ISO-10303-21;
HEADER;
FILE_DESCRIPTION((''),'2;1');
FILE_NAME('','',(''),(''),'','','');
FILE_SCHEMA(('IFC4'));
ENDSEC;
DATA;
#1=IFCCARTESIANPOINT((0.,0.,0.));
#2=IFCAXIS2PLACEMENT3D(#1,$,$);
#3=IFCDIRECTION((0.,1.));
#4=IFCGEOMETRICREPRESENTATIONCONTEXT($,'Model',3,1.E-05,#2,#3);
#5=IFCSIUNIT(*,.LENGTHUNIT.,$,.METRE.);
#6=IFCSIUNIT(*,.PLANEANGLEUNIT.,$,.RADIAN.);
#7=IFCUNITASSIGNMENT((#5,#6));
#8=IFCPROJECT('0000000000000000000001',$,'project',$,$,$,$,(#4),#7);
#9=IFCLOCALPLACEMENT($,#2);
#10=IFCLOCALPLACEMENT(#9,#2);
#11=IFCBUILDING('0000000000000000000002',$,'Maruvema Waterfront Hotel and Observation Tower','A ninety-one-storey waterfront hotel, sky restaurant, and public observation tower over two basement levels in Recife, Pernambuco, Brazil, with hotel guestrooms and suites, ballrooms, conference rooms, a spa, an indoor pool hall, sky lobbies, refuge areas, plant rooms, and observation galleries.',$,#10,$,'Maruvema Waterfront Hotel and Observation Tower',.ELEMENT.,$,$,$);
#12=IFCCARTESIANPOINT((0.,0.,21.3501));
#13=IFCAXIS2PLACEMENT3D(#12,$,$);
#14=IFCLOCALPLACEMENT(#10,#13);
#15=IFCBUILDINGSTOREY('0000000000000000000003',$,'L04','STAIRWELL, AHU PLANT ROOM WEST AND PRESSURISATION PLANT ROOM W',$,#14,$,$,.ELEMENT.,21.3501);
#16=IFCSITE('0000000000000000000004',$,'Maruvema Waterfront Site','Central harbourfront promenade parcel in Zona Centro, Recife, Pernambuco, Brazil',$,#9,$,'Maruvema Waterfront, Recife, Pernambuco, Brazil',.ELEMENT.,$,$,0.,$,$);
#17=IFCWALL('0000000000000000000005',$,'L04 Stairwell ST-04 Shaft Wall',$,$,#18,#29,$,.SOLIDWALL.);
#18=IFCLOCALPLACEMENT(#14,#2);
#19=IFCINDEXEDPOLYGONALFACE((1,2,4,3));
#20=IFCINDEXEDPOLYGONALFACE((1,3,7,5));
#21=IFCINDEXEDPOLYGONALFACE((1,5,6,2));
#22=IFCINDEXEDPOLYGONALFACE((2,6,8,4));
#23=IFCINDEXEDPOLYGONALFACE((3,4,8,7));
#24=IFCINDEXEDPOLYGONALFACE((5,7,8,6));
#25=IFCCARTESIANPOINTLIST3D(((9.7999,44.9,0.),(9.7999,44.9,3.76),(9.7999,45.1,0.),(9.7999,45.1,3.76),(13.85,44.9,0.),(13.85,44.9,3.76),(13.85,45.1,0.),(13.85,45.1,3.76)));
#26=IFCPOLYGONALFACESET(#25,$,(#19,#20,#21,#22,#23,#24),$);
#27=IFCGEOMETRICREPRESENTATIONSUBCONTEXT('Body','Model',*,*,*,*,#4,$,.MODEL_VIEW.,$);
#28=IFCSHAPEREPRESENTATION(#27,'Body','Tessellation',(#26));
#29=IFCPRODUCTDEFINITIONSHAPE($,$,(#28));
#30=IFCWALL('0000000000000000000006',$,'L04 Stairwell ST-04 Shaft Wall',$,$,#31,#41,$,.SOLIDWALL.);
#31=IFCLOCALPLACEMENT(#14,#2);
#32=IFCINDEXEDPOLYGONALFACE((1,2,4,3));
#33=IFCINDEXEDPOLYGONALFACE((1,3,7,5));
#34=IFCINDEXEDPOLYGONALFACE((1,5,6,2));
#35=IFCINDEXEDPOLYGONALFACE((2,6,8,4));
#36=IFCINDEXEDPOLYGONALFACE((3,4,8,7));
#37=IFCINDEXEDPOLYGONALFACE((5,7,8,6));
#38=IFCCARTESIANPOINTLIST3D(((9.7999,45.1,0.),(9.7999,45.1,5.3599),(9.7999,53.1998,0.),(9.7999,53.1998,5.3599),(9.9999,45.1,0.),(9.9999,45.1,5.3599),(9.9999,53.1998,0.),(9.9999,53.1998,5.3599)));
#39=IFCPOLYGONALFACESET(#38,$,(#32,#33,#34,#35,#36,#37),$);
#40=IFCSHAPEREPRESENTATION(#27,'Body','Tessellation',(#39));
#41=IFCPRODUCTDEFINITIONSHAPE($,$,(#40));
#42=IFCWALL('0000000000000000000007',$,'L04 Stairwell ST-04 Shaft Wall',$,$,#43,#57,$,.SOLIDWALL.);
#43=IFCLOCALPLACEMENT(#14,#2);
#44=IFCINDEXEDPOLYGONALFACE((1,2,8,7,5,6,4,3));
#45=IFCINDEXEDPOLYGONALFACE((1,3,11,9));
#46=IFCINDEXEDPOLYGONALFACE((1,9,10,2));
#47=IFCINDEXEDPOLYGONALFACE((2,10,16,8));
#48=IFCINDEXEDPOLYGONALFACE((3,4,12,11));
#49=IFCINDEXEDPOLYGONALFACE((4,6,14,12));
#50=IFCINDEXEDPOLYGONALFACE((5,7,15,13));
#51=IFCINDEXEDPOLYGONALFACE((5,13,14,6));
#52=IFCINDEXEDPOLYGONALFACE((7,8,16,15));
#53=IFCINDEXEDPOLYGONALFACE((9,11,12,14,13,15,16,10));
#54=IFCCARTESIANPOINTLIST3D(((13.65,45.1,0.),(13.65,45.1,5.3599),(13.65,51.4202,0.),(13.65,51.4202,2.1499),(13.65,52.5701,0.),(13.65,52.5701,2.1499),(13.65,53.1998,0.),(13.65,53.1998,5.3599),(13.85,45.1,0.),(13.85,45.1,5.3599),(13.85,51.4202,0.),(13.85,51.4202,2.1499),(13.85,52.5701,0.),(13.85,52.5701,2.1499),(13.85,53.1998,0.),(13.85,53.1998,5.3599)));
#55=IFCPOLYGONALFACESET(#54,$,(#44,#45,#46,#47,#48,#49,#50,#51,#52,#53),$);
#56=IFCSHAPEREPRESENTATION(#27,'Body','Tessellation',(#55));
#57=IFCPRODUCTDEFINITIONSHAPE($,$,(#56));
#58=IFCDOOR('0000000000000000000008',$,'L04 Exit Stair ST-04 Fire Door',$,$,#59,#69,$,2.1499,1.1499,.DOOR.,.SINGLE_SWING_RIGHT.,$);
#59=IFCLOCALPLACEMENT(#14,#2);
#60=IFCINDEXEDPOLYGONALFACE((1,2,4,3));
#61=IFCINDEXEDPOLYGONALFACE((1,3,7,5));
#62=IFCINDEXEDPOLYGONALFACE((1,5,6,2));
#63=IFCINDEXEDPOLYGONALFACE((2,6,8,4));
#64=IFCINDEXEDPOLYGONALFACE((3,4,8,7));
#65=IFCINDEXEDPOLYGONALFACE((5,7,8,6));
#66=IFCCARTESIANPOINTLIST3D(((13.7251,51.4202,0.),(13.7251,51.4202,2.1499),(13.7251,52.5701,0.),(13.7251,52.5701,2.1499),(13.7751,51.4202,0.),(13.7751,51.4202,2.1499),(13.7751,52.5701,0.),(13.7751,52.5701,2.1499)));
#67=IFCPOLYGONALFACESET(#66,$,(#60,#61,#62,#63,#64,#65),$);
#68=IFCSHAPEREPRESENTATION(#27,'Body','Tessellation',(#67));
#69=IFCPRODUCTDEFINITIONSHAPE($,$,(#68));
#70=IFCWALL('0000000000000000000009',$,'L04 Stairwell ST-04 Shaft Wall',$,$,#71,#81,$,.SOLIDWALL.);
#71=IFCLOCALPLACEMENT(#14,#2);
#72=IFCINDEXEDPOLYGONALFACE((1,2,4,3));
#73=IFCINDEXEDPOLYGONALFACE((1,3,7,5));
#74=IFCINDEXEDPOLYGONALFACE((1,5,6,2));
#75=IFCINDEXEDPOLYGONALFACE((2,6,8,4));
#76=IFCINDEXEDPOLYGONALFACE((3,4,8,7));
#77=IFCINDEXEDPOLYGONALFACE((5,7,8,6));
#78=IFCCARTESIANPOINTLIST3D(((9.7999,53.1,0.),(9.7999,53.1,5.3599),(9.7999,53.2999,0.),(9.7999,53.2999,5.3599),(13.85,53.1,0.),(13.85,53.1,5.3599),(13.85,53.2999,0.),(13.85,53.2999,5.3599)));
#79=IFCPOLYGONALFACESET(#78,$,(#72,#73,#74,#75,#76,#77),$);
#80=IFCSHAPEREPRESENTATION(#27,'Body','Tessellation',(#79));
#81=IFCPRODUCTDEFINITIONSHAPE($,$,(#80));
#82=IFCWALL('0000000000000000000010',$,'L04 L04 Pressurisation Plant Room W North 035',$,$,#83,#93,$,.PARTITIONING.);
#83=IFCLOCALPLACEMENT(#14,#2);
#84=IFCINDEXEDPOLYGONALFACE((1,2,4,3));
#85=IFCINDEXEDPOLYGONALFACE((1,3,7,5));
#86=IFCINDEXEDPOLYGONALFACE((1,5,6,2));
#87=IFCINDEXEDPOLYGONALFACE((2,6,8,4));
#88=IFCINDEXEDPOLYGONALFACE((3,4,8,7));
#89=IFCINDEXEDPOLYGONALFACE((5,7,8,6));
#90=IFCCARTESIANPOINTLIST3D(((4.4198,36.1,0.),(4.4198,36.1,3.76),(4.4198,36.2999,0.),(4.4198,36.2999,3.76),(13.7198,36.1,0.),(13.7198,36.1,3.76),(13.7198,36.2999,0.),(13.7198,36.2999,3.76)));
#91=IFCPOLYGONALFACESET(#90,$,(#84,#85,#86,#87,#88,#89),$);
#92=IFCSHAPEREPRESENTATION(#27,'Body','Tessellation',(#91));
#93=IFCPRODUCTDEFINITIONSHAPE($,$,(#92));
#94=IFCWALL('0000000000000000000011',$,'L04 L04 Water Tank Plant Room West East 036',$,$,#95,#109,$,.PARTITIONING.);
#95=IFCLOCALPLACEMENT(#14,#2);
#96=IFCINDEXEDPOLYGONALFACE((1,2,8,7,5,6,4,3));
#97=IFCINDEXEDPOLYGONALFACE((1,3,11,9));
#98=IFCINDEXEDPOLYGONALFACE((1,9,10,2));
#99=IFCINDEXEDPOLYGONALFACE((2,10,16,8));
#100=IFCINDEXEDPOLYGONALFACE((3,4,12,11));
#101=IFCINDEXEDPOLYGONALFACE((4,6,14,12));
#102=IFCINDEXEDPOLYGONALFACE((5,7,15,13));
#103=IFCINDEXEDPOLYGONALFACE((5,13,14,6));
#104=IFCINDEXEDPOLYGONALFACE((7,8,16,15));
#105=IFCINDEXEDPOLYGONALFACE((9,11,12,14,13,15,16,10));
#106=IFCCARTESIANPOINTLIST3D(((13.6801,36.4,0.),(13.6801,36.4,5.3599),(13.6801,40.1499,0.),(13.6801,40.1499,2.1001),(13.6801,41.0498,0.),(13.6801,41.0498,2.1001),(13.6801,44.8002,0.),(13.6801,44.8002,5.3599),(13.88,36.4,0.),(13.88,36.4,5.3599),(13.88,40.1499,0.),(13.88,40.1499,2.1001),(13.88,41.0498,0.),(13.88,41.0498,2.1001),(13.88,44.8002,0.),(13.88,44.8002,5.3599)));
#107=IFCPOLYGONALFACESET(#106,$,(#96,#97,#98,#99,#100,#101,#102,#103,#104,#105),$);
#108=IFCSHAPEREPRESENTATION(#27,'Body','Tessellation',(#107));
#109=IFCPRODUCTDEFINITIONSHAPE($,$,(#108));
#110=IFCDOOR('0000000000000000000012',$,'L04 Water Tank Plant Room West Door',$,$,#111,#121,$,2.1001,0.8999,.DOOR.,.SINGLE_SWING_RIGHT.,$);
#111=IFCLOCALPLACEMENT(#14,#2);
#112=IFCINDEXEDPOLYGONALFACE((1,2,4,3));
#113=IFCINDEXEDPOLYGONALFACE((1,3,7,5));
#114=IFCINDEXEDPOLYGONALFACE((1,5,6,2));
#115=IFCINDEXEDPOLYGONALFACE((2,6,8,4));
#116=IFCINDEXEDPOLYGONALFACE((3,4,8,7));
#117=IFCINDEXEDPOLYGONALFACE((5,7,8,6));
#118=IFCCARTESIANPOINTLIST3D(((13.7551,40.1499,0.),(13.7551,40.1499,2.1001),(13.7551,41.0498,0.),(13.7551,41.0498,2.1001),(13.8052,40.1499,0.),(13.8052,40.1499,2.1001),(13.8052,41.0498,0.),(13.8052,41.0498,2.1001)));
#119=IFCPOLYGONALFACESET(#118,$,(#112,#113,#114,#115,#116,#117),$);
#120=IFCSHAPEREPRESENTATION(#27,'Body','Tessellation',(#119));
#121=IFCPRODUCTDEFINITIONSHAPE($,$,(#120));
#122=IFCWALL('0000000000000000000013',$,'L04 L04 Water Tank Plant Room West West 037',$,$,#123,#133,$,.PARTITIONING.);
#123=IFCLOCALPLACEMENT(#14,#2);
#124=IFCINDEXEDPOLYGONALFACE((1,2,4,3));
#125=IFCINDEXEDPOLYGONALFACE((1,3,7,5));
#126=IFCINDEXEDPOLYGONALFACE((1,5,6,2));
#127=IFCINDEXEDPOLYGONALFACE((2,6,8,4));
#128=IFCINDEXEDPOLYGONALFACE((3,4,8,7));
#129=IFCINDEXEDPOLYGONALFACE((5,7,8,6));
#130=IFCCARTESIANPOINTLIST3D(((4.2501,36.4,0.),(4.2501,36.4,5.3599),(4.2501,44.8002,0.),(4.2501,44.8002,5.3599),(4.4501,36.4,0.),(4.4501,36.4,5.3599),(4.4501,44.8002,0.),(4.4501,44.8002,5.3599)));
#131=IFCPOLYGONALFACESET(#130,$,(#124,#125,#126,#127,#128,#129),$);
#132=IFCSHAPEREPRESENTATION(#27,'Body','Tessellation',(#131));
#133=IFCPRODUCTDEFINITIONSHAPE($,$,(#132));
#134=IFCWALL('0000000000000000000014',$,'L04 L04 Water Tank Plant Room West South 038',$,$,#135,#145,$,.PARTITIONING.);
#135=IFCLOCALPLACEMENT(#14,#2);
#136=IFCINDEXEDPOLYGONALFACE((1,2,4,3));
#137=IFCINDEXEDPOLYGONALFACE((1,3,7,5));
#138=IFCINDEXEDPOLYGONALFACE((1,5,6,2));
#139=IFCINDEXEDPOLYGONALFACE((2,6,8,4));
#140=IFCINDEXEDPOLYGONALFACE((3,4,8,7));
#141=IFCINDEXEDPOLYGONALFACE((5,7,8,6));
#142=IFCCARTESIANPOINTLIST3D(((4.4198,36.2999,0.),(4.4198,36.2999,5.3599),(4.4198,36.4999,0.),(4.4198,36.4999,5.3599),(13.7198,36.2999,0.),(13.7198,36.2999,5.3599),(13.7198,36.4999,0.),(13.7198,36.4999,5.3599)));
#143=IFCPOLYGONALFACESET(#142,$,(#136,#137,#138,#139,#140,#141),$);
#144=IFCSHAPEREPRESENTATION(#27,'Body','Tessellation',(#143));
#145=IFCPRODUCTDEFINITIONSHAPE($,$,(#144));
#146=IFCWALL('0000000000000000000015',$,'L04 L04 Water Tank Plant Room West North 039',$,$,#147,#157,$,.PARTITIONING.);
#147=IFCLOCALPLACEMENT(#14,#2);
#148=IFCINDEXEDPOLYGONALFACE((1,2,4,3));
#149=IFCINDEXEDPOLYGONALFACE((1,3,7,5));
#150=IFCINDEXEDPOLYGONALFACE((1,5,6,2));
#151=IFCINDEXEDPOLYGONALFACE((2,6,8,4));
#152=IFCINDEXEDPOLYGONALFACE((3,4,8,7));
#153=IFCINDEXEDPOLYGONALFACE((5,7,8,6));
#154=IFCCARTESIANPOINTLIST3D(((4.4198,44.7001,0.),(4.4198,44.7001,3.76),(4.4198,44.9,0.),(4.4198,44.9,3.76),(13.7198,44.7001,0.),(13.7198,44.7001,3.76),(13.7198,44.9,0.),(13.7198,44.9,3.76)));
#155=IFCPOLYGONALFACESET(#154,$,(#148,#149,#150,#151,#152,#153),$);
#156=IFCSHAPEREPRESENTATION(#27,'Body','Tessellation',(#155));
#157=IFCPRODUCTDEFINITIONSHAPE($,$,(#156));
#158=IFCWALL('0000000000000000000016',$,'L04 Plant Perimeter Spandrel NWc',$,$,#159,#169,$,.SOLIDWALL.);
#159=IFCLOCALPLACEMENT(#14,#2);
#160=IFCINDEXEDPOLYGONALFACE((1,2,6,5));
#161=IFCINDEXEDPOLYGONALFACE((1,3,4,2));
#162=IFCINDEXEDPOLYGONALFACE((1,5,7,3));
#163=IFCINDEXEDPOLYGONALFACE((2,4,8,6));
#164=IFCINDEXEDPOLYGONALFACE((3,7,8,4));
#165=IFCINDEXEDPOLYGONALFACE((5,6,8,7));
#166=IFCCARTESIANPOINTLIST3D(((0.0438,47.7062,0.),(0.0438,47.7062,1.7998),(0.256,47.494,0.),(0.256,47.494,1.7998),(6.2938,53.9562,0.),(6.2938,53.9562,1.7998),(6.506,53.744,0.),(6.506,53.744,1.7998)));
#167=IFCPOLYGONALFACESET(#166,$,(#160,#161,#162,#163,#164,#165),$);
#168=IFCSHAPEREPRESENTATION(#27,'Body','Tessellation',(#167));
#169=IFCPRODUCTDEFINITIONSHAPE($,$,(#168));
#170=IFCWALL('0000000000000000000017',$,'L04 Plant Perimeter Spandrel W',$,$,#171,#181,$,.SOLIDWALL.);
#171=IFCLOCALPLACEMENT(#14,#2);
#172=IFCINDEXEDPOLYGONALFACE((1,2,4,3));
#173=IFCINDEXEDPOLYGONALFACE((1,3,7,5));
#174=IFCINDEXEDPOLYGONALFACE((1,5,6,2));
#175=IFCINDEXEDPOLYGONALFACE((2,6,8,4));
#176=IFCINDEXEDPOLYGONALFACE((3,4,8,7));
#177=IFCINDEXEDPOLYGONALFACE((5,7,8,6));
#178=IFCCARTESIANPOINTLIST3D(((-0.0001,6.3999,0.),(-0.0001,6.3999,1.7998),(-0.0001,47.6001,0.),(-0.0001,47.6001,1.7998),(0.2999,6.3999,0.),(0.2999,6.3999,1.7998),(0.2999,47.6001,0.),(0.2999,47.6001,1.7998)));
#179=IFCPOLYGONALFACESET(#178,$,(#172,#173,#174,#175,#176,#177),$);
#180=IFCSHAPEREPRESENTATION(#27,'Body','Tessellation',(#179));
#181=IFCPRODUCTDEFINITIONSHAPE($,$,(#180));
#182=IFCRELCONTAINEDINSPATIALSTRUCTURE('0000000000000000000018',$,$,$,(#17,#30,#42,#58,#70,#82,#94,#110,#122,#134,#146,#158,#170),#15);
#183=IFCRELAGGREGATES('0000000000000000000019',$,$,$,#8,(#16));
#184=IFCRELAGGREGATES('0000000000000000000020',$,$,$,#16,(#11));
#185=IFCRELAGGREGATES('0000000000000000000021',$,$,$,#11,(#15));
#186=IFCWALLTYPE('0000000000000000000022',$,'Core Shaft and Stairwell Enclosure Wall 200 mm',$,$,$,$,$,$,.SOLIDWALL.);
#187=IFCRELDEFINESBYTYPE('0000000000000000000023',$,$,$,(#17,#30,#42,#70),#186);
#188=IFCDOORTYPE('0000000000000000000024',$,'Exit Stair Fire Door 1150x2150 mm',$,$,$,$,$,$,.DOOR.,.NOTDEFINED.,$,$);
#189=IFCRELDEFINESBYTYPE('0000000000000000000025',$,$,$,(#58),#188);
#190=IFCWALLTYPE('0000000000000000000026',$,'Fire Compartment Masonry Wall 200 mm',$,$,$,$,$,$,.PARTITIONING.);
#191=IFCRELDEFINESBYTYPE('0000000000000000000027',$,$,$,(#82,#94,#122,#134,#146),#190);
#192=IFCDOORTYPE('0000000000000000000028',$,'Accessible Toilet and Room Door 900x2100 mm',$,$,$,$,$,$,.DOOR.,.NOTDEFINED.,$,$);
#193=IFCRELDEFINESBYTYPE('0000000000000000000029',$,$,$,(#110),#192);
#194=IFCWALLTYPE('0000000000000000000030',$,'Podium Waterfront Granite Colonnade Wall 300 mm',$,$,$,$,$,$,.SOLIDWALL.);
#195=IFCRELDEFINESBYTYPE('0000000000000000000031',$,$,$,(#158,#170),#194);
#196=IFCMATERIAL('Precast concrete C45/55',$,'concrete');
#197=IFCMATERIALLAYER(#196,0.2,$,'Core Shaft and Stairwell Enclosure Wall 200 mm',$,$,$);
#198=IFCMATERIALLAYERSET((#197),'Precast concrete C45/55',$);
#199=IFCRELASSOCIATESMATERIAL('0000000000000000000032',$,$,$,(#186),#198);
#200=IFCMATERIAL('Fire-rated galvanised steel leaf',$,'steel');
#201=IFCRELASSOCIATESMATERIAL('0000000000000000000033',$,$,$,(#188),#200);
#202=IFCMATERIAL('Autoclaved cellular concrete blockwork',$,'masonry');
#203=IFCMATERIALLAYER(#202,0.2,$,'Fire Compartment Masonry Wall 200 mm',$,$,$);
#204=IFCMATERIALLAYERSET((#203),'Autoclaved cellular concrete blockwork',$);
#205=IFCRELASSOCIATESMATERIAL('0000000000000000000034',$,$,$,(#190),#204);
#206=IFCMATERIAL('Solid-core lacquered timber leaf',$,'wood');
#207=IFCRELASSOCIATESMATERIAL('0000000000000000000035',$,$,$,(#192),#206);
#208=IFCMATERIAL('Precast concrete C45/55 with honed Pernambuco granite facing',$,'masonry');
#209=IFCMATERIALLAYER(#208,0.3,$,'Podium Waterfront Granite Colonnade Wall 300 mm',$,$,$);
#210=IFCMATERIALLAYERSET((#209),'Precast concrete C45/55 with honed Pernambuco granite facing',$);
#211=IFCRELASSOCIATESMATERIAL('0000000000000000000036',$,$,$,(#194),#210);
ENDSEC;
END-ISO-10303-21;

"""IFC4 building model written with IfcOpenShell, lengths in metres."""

from ifc_helpers import new_model, si_unit, direction, frame, frame_2d, origin, place, context, subcontext, project, spatial, rectangle, extrude, material, layer, layer_set, type_object, element, fill, save


model = new_model("IFC4")

# Units and contexts
model_context = context("Model", 3, precision=1e-05, world=origin(), true_north=direction((0.0, 1.0)))
body_context = subcontext(model_context, "Body", "Model", "MODEL_VIEW")
ifc_project = project(units=[si_unit("LENGTHUNIT", "METRE"), si_unit("PLANEANGLEUNIT", "RADIAN")], contexts=[model_context])

# Site, building, storey
site_placement = place(None, origin())
site = spatial("IfcSite", under=ifc_project, at=site_placement, Name="Maruvema Waterfront Site", Description="Central harbourfront promenade parcel in Zona Centro, Recife, Pernambuco, Brazil", LongName="Maruvema Waterfront, Recife, Pernambuco, Brazil", CompositionType="ELEMENT", RefElevation=0.0)
building_placement = place(site_placement, origin())
building = spatial("IfcBuilding", under=site, at=building_placement, Name="Maruvema Waterfront Hotel and Observation Tower", Description="A ninety-one-storey waterfront hotel, sky restaurant, and public observation tower over two basement levels in Recife, Pernambuco, Brazil, with hotel guestrooms and suites, ballrooms, conference rooms, a spa, an indoor pool hall, sky lobbies, refuge areas, plant rooms, and observation galleries.", LongName="Maruvema Waterfront Hotel and Observation Tower", CompositionType="ELEMENT")
storey_placement = place(building_placement, frame((0.0, 0.0, 21.3501)))
storey = spatial("IfcBuildingStorey", under=building, at=storey_placement, Name="L04", Description="STAIRWELL, AHU PLANT ROOM WEST AND PRESSURISATION PLANT ROOM W", CompositionType="ELEMENT", Elevation=21.3501)

# Walls
ifc_material_1 = material(Name="Precast concrete C45/55", Category="concrete")
ifc_layer_1 = layer(ifc_material_1, 0.2, Name="Core Shaft and Stairwell Enclosure Wall 200 mm")
ifc_layer_set_1 = layer_set([ifc_layer_1], Name="Precast concrete C45/55")
wall_type_1 = type_object("IfcWallType", Name="Core Shaft and Stairwell Enclosure Wall 200 mm", PredefinedType="SOLIDWALL", material=ifc_layer_set_1)
wall_1_placement = place(storey_placement, frame((9.8, 45.0, 0.0), z_axis=(0.0, 0.0, 1.0), x_axis=(1.0, 0.0, 0.0)))
element("IfcWall", 1, at=wall_1_placement, inside=storey, type_object=wall_type_1, Name="L04 Stairwell ST-04 Shaft Wall", PredefinedType="SOLIDWALL", context=body_context, shape_type="SweptSolid", body=[
    extrude(rectangle(XDim=4.05, YDim=0.2, at=frame_2d((2.0249, 0.0))), origin(), (0.0, 0.0, 1.0), 3.76),
])
wall_2_placement = place(storey_placement, frame((9.8999, 45.1001, 0.0), z_axis=(0.0, 0.0, 1.0), x_axis=(0.0, 1.0, 0.0)))
element("IfcWall", 2, at=wall_2_placement, inside=storey, type_object=wall_type_1, Name="L04 Stairwell ST-04 Shaft Wall", PredefinedType="SOLIDWALL", context=body_context, shape_type="SweptSolid", body=[
    extrude(rectangle(XDim=8.0999, YDim=0.2, at=frame_2d((4.0498, 0.0))), origin(), (0.0, 0.0, 1.0), 5.3599),
])

# Wall, opening, door
wall_3_placement = place(storey_placement, frame((13.75, 45.1001, 0.0), z_axis=(0.0, 0.0, 1.0), x_axis=(0.0, 1.0, 0.0)))
wall_3 = element("IfcWall", 3, at=wall_3_placement, inside=storey, type_object=wall_type_1, Name="L04 Stairwell ST-04 Shaft Wall", PredefinedType="SOLIDWALL", context=body_context, shape_type="SweptSolid", body=[
    extrude(rectangle(XDim=8.0999, YDim=0.2, at=frame_2d((4.0498, 0.0))), origin(), (0.0, 0.0, 1.0), 5.3599),
])
opening_1_placement = place(wall_3_placement, frame((6.3201, 0.0, 0.0)))
opening_1 = element("IfcOpeningElement", 4, at=opening_1_placement, cuts=wall_3, PredefinedType="OPENING", context=body_context, shape_type="SweptSolid", body=[
    extrude(rectangle(XDim=1.1499, YDim=2.1499, at=frame_2d((0.575, 1.075))), frame((0.0, 0.1099, 0.0), z_axis=(0.0, -1.0, 0.0), x_axis=(1.0, 0.0, 0.0)), (0.0, 0.0, 1.0), 0.22),
])
ifc_material_2 = material(Name="Fire-rated galvanised steel leaf", Category="steel")
door_type_1 = type_object("IfcDoorType", Name="Exit Stair Fire Door 1150x2150 mm", OperationType="NOTDEFINED", PredefinedType="DOOR", material=ifc_material_2)
door_1_placement = place(opening_1_placement, origin())
door_1 = element("IfcDoor", 5, at=door_1_placement, inside=storey, type_object=door_type_1, Name="L04 Exit Stair ST-04 Fire Door", OperationType="SINGLE_SWING_RIGHT", OverallHeight=2.1499, OverallWidth=1.1499, PredefinedType="DOOR", context=body_context, shape_type="SweptSolid", body=[
    extrude(rectangle(XDim=1.1499, YDim=2.1499, at=frame_2d((0.575, 1.075))), frame((0.0, 0.0249, 0.0), z_axis=(0.0, -1.0, 0.0), x_axis=(1.0, 0.0, 0.0)), (0.0, 0.0, 1.0), 0.05),
])
fill(opening_1, door_1)

# Walls
wall_4_placement = place(storey_placement, frame((9.8, 53.2, 0.0), z_axis=(0.0, 0.0, 1.0), x_axis=(1.0, 0.0, 0.0)))
element("IfcWall", 6, at=wall_4_placement, inside=storey, type_object=wall_type_1, Name="L04 Stairwell ST-04 Shaft Wall", PredefinedType="SOLIDWALL", context=body_context, shape_type="SweptSolid", body=[
    extrude(rectangle(XDim=4.05, YDim=0.2, at=frame_2d((2.0249, 0.0))), origin(), (0.0, 0.0, 1.0), 5.3599),
])
ifc_material_3 = material(Name="Autoclaved cellular concrete blockwork", Category="masonry")
ifc_layer_2 = layer(ifc_material_3, 0.2, Name="Fire Compartment Masonry Wall 200 mm")
ifc_layer_set_2 = layer_set([ifc_layer_2], Name="Autoclaved cellular concrete blockwork")
wall_type_2 = type_object("IfcWallType", Name="Fire Compartment Masonry Wall 200 mm", PredefinedType="PARTITIONING", material=ifc_layer_set_2)
wall_5_placement = place(storey_placement, frame((4.4199, 36.2, 0.0), z_axis=(0.0, 0.0, 1.0), x_axis=(1.0, 0.0, 0.0)))
element("IfcWall", 7, at=wall_5_placement, inside=storey, type_object=wall_type_2, Name="L04 L04 Pressurisation Plant Room W North 035", PredefinedType="PARTITIONING", context=body_context, shape_type="SweptSolid", body=[
    extrude(rectangle(XDim=9.3, YDim=0.2, at=frame_2d((4.6499, 0.0))), origin(), (0.0, 0.0, 1.0), 3.76),
])

# Wall, opening, door
wall_6_placement = place(storey_placement, frame((13.78, 36.3999, 0.0), z_axis=(0.0, 0.0, 1.0), x_axis=(0.0, 1.0, 0.0)))
wall_6 = element("IfcWall", 8, at=wall_6_placement, inside=storey, type_object=wall_type_2, Name="L04 L04 Water Tank Plant Room West East 036", PredefinedType="PARTITIONING", context=body_context, shape_type="SweptSolid", body=[
    extrude(rectangle(XDim=8.4001, YDim=0.2, at=frame_2d((4.2002, 0.0))), origin(), (0.0, 0.0, 1.0), 5.3599),
])
opening_2_placement = place(wall_6_placement, frame((3.75, 0.0, 0.0)))
opening_2 = element("IfcOpeningElement", 9, at=opening_2_placement, cuts=wall_6, PredefinedType="OPENING", context=body_context, shape_type="SweptSolid", body=[
    extrude(rectangle(XDim=0.8999, YDim=2.1001, at=frame_2d((0.45, 1.05))), frame((0.0, 0.1099, 0.0), z_axis=(0.0, -1.0, 0.0), x_axis=(1.0, 0.0, 0.0)), (0.0, 0.0, 1.0), 0.22),
])
ifc_material_4 = material(Name="Solid-core lacquered timber leaf", Category="wood")
door_type_2 = type_object("IfcDoorType", Name="Accessible Toilet and Room Door 900x2100 mm", OperationType="NOTDEFINED", PredefinedType="DOOR", material=ifc_material_4)
door_2_placement = place(opening_2_placement, origin())
door_2 = element("IfcDoor", 10, at=door_2_placement, inside=storey, type_object=door_type_2, Name="L04 Water Tank Plant Room West Door", OperationType="SINGLE_SWING_RIGHT", OverallHeight=2.1001, OverallWidth=0.8999, PredefinedType="DOOR", context=body_context, shape_type="SweptSolid", body=[
    extrude(rectangle(XDim=0.8999, YDim=2.1001, at=frame_2d((0.45, 1.05))), frame((0.0, 0.0249, 0.0), z_axis=(0.0, -1.0, 0.0), x_axis=(1.0, 0.0, 0.0)), (0.0, 0.0, 1.0), 0.05),
])
fill(opening_2, door_2)

# Walls
wall_7_placement = place(storey_placement, frame((4.3501, 36.3999, 0.0), z_axis=(0.0, 0.0, 1.0), x_axis=(0.0, 1.0, 0.0)))
element("IfcWall", 11, at=wall_7_placement, inside=storey, type_object=wall_type_2, Name="L04 L04 Water Tank Plant Room West West 037", PredefinedType="PARTITIONING", context=body_context, shape_type="SweptSolid", body=[
    extrude(rectangle(XDim=8.4001, YDim=0.2, at=frame_2d((4.2002, 0.0))), origin(), (0.0, 0.0, 1.0), 5.3599),
])
wall_8_placement = place(storey_placement, frame((4.4199, 36.3999, 0.0), z_axis=(0.0, 0.0, 1.0), x_axis=(1.0, 0.0, 0.0)))
element("IfcWall", 12, at=wall_8_placement, inside=storey, type_object=wall_type_2, Name="L04 L04 Water Tank Plant Room West South 038", PredefinedType="PARTITIONING", context=body_context, shape_type="SweptSolid", body=[
    extrude(rectangle(XDim=9.3, YDim=0.2, at=frame_2d((4.6499, 0.0))), origin(), (0.0, 0.0, 1.0), 5.3599),
])
wall_9_placement = place(storey_placement, frame((4.4199, 44.8, 0.0), z_axis=(0.0, 0.0, 1.0), x_axis=(1.0, 0.0, 0.0)))
element("IfcWall", 13, at=wall_9_placement, inside=storey, type_object=wall_type_2, Name="L04 L04 Water Tank Plant Room West North 039", PredefinedType="PARTITIONING", context=body_context, shape_type="SweptSolid", body=[
    extrude(rectangle(XDim=9.3, YDim=0.2, at=frame_2d((4.6499, 0.0))), origin(), (0.0, 0.0, 1.0), 3.76),
])
ifc_material_5 = material(Name="Precast concrete C45/55 with honed Pernambuco granite facing", Category="masonry")
ifc_layer_3 = layer(ifc_material_5, 0.3, Name="Podium Waterfront Granite Colonnade Wall 300 mm")
ifc_layer_set_3 = layer_set([ifc_layer_3], Name="Precast concrete C45/55 with honed Pernambuco granite facing")
wall_type_3 = type_object("IfcWallType", Name="Podium Waterfront Granite Colonnade Wall 300 mm", PredefinedType="SOLIDWALL", material=ifc_layer_set_3)
wall_10_placement = place(storey_placement, frame((6.3999, 53.8501, 0.0), z_axis=(0.0, 0.0, 1.0), x_axis=(-0.707107, -0.707107, 0.0)))
element("IfcWall", 14, at=wall_10_placement, inside=storey, type_object=wall_type_3, Name="L04 Plant Perimeter Spandrel NWc", PredefinedType="SOLIDWALL", context=body_context, shape_type="SweptSolid", body=[
    extrude(rectangle(XDim=8.8389, YDim=0.3, at=frame_2d((4.4194, 0.0))), origin(), (0.0, 0.0, 1.0), 1.7998),
])
wall_11_placement = place(storey_placement, frame((0.1499, 47.6001, 0.0), z_axis=(0.0, 0.0, 1.0), x_axis=(0.0, -1.0, 0.0)))
element("IfcWall", 15, at=wall_11_placement, inside=storey, type_object=wall_type_3, Name="L04 Plant Perimeter Spandrel W", PredefinedType="SOLIDWALL", context=body_context, shape_type="SweptSolid", body=[
    extrude(rectangle(XDim=41.2002, YDim=0.3, at=frame_2d((20.6001, 0.0))), origin(), (0.0, 0.0, 1.0), 1.7998),
])

save(model, "model.ifc")
